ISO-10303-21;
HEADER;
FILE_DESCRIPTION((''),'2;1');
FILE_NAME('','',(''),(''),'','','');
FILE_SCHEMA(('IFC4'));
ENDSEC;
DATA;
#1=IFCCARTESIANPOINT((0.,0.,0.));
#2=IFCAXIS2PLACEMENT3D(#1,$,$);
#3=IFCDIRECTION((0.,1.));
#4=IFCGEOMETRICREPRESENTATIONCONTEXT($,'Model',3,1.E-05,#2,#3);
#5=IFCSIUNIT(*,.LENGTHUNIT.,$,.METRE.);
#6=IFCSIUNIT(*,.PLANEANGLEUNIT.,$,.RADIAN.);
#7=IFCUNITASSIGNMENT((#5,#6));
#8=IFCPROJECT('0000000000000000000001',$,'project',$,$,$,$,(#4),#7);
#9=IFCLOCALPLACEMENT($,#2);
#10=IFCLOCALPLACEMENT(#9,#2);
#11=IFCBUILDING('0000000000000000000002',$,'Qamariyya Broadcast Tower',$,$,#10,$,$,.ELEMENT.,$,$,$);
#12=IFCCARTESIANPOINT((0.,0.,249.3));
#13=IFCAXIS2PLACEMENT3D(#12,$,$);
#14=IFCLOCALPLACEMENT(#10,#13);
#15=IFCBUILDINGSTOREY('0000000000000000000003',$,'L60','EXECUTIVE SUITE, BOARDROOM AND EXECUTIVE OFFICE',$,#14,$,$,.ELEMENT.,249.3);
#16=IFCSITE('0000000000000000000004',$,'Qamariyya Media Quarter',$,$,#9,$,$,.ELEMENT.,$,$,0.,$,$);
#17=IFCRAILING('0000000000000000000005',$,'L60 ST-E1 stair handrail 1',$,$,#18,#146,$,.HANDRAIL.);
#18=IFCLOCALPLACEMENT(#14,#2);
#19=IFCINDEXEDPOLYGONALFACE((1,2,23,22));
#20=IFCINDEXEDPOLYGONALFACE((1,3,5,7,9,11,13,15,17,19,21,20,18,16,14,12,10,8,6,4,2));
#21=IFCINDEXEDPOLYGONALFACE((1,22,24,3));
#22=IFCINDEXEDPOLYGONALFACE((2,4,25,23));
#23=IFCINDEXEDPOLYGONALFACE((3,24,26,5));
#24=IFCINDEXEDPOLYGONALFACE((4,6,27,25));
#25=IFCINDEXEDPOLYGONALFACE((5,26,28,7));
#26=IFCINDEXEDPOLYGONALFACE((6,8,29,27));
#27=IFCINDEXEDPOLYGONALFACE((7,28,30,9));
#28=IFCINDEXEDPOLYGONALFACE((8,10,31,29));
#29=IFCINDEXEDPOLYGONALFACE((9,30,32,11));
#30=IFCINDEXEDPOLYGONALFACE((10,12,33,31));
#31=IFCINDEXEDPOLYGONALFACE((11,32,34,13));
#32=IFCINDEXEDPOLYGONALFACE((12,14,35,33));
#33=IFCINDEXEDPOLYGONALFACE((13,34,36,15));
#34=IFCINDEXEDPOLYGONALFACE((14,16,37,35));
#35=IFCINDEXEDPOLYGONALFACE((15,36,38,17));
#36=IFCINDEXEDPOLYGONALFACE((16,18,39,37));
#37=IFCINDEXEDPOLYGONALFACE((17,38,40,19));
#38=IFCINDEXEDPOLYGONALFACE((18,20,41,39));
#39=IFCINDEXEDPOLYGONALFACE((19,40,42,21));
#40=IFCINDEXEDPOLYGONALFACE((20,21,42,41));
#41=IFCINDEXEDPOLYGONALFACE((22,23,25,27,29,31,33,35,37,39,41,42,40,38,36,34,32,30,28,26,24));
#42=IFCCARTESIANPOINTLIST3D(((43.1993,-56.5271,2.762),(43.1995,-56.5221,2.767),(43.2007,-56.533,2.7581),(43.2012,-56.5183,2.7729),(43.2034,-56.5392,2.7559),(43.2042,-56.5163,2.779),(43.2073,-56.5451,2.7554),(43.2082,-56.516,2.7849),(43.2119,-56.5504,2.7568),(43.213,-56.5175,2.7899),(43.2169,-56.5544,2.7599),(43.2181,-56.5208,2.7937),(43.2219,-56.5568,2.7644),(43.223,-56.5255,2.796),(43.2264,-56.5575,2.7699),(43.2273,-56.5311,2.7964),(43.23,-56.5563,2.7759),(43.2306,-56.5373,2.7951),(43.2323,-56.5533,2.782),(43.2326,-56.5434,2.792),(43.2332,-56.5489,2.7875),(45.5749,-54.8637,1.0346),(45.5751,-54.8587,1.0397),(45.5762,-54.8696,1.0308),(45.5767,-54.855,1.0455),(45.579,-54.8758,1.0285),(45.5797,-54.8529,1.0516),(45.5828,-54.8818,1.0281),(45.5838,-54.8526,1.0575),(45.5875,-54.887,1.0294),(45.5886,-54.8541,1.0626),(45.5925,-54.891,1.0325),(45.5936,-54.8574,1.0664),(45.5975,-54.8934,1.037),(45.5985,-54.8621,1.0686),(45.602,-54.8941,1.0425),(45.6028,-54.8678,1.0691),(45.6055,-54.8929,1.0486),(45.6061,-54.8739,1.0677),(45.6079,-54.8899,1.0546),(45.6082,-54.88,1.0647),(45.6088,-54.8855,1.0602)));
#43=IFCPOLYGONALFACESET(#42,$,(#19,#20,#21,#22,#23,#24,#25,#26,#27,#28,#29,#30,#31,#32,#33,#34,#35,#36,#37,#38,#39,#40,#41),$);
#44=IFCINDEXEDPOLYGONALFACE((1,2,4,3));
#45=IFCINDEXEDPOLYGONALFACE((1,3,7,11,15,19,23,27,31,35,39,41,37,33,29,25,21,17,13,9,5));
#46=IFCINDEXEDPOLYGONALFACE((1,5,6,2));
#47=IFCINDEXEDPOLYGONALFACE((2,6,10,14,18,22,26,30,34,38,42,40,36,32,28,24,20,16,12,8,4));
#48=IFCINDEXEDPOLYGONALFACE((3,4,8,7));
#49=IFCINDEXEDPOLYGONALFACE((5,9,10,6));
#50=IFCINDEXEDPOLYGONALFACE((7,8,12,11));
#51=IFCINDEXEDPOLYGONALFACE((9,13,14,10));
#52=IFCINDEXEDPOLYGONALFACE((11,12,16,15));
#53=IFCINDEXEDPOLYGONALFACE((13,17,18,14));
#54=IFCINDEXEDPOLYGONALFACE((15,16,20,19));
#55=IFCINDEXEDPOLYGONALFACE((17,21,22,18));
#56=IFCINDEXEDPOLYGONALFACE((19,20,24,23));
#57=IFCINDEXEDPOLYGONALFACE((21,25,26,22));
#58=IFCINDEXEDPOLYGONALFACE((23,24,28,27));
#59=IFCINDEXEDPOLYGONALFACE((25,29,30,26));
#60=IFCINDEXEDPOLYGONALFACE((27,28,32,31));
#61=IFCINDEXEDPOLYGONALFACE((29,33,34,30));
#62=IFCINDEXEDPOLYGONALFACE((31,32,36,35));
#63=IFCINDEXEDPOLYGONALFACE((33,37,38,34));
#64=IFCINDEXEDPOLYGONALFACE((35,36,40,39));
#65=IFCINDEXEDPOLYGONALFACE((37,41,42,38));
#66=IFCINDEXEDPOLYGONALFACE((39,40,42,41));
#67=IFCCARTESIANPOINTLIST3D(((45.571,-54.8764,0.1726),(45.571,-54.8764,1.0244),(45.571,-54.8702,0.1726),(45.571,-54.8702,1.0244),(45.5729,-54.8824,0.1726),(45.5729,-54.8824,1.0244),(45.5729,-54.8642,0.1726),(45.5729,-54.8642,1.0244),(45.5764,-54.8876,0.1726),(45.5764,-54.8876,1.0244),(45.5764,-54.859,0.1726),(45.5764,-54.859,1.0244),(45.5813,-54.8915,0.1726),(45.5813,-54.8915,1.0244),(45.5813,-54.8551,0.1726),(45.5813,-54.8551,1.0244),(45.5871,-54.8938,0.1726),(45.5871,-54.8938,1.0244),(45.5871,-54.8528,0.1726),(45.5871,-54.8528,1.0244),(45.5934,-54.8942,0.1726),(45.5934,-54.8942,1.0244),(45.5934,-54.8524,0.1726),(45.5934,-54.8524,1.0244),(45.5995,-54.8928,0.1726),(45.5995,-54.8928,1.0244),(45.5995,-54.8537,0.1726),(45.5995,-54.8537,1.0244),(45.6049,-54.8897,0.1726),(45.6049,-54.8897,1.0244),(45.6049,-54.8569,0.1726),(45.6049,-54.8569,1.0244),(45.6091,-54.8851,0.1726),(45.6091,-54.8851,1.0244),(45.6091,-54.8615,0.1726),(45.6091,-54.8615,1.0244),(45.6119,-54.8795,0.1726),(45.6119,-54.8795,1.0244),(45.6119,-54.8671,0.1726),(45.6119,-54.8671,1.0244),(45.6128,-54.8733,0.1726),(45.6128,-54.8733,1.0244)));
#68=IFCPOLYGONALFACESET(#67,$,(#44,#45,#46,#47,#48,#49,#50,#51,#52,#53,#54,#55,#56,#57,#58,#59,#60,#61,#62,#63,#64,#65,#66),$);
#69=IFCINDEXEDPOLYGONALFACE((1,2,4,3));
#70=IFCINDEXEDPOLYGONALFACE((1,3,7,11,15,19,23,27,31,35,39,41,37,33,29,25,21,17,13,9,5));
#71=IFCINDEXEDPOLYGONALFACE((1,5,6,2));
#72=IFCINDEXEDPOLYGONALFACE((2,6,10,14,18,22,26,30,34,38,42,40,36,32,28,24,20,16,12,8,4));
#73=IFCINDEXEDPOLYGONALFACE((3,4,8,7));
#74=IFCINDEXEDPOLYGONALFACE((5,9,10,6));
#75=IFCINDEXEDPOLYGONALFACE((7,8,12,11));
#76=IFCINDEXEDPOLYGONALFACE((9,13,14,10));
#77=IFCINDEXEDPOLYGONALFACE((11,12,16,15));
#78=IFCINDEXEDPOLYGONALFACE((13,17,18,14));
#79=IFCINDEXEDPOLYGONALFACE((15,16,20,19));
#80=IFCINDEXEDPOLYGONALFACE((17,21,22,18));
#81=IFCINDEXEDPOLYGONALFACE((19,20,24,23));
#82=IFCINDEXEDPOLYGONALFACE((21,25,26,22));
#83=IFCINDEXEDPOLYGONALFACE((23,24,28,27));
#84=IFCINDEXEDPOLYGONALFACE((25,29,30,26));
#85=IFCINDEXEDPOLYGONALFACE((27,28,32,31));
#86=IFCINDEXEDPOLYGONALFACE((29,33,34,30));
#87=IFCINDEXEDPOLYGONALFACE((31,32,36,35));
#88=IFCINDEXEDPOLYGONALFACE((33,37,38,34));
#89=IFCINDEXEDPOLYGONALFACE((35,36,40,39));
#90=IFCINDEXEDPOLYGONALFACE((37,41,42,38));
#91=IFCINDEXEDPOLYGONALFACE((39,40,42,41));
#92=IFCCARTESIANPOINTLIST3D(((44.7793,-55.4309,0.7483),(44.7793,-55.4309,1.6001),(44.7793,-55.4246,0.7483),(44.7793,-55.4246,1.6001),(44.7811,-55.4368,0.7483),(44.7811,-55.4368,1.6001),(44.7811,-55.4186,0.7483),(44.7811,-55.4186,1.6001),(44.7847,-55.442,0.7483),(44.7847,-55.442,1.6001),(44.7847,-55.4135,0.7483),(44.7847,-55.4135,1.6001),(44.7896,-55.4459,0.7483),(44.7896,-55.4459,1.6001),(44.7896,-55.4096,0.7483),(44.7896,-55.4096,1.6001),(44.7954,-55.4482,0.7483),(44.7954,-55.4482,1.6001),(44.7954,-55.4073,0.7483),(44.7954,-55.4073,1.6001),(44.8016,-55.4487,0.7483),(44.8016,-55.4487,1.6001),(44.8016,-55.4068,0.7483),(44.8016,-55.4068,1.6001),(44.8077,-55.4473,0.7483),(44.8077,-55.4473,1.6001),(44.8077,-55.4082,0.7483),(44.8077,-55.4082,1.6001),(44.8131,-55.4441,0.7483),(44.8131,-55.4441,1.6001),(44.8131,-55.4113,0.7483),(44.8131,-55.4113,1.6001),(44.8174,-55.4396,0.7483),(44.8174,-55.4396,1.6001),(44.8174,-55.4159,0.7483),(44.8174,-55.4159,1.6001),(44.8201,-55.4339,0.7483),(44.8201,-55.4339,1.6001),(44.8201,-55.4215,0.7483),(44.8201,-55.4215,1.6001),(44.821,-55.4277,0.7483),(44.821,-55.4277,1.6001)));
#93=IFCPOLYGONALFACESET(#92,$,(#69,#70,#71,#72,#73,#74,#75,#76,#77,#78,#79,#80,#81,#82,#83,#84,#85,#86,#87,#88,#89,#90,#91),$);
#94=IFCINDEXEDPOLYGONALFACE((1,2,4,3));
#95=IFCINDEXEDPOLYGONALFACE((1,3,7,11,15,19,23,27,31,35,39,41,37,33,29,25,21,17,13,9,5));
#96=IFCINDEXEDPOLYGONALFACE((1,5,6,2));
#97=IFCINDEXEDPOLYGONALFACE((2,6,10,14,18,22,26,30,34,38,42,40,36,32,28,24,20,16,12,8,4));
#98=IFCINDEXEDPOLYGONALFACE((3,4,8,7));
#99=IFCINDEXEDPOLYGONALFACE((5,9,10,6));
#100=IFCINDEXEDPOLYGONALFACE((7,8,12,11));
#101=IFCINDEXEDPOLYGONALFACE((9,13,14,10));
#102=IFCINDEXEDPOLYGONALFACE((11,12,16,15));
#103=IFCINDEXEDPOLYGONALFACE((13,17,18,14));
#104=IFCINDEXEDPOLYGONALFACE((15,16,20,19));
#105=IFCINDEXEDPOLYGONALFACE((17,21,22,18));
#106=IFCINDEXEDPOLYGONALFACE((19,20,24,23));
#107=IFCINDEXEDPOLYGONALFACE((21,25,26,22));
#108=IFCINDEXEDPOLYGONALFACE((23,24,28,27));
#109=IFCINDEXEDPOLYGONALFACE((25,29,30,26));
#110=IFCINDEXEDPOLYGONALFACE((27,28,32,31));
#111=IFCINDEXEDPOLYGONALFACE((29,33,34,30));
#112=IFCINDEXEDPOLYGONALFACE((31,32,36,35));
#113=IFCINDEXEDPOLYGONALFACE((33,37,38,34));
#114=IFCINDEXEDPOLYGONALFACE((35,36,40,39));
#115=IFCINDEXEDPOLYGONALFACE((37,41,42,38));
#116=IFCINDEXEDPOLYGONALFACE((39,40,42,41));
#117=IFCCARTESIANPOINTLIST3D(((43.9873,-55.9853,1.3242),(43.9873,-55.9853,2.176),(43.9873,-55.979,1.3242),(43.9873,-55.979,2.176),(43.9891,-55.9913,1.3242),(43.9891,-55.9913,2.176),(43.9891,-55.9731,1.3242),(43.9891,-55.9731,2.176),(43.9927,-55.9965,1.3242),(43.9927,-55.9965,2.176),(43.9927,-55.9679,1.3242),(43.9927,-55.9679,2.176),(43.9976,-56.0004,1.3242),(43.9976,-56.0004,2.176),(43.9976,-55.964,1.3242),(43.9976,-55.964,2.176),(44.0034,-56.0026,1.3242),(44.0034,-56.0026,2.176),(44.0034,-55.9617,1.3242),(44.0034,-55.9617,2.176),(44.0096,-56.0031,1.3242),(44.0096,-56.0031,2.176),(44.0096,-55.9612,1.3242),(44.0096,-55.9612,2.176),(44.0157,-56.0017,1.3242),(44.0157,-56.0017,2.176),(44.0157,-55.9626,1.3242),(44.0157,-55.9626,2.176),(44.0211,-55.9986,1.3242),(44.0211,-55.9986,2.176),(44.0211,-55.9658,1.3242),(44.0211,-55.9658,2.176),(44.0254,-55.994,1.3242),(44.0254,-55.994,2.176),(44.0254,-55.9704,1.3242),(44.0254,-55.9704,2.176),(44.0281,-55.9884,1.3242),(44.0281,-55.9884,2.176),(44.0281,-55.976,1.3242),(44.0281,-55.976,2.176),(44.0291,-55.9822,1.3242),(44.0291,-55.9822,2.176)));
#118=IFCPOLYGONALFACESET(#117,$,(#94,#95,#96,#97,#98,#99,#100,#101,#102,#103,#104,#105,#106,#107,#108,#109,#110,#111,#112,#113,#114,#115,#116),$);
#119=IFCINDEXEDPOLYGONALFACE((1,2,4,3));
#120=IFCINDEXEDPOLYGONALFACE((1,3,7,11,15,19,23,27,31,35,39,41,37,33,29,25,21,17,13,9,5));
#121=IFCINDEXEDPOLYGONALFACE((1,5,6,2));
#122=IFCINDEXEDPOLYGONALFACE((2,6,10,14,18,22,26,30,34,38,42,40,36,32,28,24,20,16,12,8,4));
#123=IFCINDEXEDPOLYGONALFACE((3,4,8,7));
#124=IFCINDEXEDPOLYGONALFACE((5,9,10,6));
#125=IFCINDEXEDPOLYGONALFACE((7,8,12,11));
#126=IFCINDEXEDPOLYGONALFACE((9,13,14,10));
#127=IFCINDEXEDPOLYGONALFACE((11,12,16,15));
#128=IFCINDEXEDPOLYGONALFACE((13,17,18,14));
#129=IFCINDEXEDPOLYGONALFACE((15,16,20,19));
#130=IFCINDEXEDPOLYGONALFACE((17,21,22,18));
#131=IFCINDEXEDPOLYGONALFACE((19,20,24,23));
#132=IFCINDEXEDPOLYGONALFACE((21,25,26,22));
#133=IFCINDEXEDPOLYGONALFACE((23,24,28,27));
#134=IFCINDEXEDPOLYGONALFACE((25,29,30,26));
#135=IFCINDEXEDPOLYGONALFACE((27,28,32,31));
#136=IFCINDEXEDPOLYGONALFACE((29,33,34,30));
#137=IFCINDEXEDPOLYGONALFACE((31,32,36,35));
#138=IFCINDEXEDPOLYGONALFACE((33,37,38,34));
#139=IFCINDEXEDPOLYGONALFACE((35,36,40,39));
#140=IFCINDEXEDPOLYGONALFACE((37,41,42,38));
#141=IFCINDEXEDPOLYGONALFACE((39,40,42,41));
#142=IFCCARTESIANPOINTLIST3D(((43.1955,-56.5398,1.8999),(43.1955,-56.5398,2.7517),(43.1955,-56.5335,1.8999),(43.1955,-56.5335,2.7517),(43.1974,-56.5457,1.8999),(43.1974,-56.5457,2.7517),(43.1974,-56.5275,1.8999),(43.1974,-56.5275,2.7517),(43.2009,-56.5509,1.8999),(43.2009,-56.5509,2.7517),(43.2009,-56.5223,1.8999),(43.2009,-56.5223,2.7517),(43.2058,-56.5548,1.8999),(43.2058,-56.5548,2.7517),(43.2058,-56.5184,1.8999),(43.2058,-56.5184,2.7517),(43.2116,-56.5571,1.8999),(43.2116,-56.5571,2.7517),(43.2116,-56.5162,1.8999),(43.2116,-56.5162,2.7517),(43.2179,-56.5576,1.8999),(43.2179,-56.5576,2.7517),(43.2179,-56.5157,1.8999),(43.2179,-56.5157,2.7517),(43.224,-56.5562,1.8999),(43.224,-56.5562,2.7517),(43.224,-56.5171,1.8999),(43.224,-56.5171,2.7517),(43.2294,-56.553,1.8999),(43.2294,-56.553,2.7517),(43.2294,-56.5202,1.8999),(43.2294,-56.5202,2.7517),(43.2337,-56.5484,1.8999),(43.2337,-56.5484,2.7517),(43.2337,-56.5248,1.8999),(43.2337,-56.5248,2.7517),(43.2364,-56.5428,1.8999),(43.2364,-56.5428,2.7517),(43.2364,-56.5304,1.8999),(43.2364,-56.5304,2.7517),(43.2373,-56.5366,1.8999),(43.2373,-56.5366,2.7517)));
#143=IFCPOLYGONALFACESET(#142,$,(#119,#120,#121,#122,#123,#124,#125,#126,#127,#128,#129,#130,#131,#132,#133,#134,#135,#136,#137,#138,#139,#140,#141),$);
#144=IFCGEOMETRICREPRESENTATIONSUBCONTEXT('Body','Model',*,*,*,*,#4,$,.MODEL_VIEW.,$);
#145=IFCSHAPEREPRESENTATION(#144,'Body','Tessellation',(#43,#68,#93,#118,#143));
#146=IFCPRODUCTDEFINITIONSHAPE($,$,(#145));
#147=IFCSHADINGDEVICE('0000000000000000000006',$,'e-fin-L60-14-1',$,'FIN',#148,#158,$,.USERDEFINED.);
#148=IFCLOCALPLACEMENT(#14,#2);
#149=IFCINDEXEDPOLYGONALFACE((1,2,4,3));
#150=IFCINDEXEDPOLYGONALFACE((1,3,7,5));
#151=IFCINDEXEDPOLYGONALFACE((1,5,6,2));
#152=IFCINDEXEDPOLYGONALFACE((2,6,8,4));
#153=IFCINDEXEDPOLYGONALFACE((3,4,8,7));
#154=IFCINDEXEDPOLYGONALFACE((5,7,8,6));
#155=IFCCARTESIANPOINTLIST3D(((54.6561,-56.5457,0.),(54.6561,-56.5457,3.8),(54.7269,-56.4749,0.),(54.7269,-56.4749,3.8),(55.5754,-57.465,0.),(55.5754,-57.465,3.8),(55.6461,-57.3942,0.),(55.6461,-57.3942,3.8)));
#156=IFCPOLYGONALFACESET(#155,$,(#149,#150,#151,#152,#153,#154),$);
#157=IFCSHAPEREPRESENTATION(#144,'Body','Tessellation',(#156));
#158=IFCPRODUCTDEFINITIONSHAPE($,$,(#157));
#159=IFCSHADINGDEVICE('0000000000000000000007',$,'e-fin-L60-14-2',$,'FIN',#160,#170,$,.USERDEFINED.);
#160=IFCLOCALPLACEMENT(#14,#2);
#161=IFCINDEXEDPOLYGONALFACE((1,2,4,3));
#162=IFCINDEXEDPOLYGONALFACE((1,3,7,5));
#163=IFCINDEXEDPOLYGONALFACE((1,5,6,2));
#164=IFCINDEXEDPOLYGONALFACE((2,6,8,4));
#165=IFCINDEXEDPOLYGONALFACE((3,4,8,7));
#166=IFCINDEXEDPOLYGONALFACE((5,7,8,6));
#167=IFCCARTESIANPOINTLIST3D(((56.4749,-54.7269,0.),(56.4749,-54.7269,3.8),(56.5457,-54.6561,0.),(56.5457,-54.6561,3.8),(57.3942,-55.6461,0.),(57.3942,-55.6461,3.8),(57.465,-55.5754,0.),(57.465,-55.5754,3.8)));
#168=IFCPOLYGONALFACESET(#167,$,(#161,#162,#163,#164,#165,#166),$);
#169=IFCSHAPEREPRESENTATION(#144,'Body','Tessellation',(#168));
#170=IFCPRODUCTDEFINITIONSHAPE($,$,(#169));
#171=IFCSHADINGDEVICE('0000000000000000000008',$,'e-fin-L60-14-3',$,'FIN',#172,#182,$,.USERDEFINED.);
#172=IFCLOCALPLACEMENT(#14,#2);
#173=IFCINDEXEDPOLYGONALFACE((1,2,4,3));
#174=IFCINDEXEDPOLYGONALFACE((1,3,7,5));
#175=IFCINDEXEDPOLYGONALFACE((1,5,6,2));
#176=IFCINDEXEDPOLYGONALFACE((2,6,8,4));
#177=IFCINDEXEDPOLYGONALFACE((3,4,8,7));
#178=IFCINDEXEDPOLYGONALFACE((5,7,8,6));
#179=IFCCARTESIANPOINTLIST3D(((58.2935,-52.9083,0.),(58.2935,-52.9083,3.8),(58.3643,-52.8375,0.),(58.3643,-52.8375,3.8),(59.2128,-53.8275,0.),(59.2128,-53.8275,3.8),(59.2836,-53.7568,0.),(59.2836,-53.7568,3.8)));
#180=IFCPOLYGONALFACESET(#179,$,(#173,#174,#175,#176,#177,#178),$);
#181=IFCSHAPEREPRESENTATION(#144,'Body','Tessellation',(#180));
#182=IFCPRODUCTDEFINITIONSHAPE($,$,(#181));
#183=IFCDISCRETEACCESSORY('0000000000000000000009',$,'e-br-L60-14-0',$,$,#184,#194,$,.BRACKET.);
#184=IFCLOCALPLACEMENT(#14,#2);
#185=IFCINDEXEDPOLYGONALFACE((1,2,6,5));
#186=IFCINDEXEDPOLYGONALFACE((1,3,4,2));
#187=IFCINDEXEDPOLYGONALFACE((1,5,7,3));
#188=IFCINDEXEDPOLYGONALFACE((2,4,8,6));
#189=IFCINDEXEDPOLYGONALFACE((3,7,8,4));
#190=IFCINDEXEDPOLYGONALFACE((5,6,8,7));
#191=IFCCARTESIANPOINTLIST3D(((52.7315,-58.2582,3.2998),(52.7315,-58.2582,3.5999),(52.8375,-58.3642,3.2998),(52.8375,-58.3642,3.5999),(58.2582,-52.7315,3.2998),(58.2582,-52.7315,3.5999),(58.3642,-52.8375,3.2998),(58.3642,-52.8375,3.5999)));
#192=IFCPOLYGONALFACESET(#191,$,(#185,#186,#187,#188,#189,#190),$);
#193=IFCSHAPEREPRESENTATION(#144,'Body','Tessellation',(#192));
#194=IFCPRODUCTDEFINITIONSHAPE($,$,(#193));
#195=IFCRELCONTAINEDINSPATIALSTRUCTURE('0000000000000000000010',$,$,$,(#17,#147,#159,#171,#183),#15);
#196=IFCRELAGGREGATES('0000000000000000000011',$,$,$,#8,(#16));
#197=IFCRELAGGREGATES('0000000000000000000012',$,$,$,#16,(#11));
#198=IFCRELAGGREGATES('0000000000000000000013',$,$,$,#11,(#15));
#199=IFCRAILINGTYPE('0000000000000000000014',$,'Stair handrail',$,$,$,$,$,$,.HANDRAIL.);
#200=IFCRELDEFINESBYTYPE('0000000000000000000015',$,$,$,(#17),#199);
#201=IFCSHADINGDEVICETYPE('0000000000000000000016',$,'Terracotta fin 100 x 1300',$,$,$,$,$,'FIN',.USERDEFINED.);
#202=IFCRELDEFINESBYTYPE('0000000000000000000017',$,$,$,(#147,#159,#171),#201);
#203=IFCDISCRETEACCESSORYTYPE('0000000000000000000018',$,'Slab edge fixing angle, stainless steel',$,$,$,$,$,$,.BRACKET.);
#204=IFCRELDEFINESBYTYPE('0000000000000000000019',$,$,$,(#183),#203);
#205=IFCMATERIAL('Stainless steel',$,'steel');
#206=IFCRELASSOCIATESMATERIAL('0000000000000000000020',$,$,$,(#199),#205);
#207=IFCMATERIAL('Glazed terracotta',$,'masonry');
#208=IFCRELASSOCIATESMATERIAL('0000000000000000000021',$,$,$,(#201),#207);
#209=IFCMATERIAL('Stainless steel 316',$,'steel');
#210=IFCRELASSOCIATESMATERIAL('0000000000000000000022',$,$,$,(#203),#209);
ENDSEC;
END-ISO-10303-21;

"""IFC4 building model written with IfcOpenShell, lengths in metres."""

from ifc_helpers import new_model, si_unit, direction, frame, origin, origin_2d, place, context, subcontext, project, spatial, rectangle, circle, extrude, material, material_profile, profile_set, type_object, element, save


model = new_model("IFC4")

# Units and contexts
model_context = context("Model", 3, precision=1e-05, world=origin(), true_north=direction((0.0, 1.0)))
body_context = subcontext(model_context, "Body", "Model", "MODEL_VIEW")
ifc_project = project(units=[si_unit("LENGTHUNIT", "METRE"), si_unit("PLANEANGLEUNIT", "RADIAN")], contexts=[model_context])

# Site, building, storey
site_placement = place(None, origin())
site = spatial("IfcSite", under=ifc_project, at=site_placement, Name="Qamariyya Media Quarter", CompositionType="ELEMENT", RefElevation=0.0)
building_placement = place(site_placement, origin())
building = spatial("IfcBuilding", under=site, at=building_placement, Name="Qamariyya Broadcast Tower", CompositionType="ELEMENT")
storey_placement = place(building_placement, frame((0.0, 0.0, 249.3)))
storey = spatial("IfcBuildingStorey", under=building, at=storey_placement, Name="L60", Description="EXECUTIVE SUITE, BOARDROOM AND EXECUTIVE OFFICE", CompositionType="ELEMENT", Elevation=249.3)

# Railing
ifc_material_1 = material(Name="Stainless steel", Category="steel")
railing_type_1 = type_object("IfcRailingType", Name="Stair handrail", PredefinedType="HANDRAIL", material=ifc_material_1)
railing_1_placement = place(storey_placement, frame((45.5918, -54.8733, 0.1726)))
element("IfcRailing", 1, at=railing_1_placement, inside=storey, type_object=railing_type_1, Name="L60 ST-E1 stair handrail 1", PredefinedType="HANDRAIL", context=body_context, shape_type="SweptSolid", body=[
    extrude(circle(Radius=0.0239, at=origin_2d()), frame((0.0, 0.0, 0.876), z_axis=(-0.70377, -0.492784, 0.511734), x_axis=(0.573575, -0.819153, 0.0)), (0.0, 0.0, 1.0), 3.3755),
    extrude(circle(Radius=0.021, at=origin_2d()), origin(), (0.0, 0.0, 1.0), 0.8518),
    extrude(circle(Radius=0.021, at=origin_2d()), frame((-0.7917, -0.5544, 0.5757)), (0.0, 0.0, 1.0), 0.8518),
    extrude(circle(Radius=0.021, at=origin_2d()), frame((-1.5837, -1.1089, 1.1516)), (0.0, 0.0, 1.0), 0.8518),
    extrude(circle(Radius=0.021, at=origin_2d()), frame((-2.3755, -1.6633, 1.7273)), (0.0, 0.0, 1.0), 0.8518),
])

# Shading devices
ifc_material_2 = material(Name="Glazed terracotta", Category="masonry")
ifc_material_profile_1 = material_profile(ifc_material_2, rectangle(XDim=1.3, YDim=0.1001, at=origin_2d()))
ifc_profile_set_1 = profile_set([ifc_material_profile_1], Name="Glazed terracotta")
shading_device_type_1 = type_object("IfcShadingDeviceType", Name="Terracotta fin 100 x 1300", ElementType="FIN", PredefinedType="USERDEFINED", material=ifc_profile_set_1)
for number, where, z_axis, x_axis, name in (
    (2, (55.1511, -56.97, 0.0), (0.0, 0.0, 1.0), (0.707107, -0.707107, 0.0), "e-fin-L60-14-1"),
    (3, (56.97, -55.1511, 0.0), (0.0, 0.0, 1.0), (0.707107, -0.707107, 0.0), "e-fin-L60-14-2"),
    (4, (58.7886, -53.3325, 0.0), (0.0, 0.0, 1.0), (0.707107, -0.707107, 0.0), "e-fin-L60-14-3"),
):
    element("IfcShadingDevice", number, at=place(storey_placement, frame(where, z_axis=z_axis, x_axis=x_axis)), inside=storey, type_object=shading_device_type_1, Name=name, ObjectType="FIN", PredefinedType="USERDEFINED", context=body_context, shape_type="SweptSolid", body=[
        extrude(rectangle(XDim=1.3, YDim=0.1001, at=origin_2d()), origin(), (0.0, 0.0, 1.0), 3.8),
    ])

# Discrete accessory
ifc_material_3 = material(Name="Stainless steel 316", Category="steel")
discrete_accessory_type = type_object("IfcDiscreteAccessoryType", Name="Slab edge fixing angle, stainless steel", PredefinedType="BRACKET", material=ifc_material_3)
discrete_accessory_placement = place(storey_placement, frame((55.5479, -55.5479, 3.2998), z_axis=(0.0, 0.0, 1.0), x_axis=(0.707107, 0.707107, 0.0)))
element("IfcDiscreteAccessory", 5, at=discrete_accessory_placement, inside=storey, type_object=discrete_accessory_type, Name="e-br-L60-14-0", PredefinedType="BRACKET", context=body_context, shape_type="SweptSolid", body=[
    extrude(rectangle(XDim=7.8159, YDim=0.1499, at=origin_2d()), origin(), (0.0, 0.0, 1.0), 0.3),
])

save(model, "model.ifc")
